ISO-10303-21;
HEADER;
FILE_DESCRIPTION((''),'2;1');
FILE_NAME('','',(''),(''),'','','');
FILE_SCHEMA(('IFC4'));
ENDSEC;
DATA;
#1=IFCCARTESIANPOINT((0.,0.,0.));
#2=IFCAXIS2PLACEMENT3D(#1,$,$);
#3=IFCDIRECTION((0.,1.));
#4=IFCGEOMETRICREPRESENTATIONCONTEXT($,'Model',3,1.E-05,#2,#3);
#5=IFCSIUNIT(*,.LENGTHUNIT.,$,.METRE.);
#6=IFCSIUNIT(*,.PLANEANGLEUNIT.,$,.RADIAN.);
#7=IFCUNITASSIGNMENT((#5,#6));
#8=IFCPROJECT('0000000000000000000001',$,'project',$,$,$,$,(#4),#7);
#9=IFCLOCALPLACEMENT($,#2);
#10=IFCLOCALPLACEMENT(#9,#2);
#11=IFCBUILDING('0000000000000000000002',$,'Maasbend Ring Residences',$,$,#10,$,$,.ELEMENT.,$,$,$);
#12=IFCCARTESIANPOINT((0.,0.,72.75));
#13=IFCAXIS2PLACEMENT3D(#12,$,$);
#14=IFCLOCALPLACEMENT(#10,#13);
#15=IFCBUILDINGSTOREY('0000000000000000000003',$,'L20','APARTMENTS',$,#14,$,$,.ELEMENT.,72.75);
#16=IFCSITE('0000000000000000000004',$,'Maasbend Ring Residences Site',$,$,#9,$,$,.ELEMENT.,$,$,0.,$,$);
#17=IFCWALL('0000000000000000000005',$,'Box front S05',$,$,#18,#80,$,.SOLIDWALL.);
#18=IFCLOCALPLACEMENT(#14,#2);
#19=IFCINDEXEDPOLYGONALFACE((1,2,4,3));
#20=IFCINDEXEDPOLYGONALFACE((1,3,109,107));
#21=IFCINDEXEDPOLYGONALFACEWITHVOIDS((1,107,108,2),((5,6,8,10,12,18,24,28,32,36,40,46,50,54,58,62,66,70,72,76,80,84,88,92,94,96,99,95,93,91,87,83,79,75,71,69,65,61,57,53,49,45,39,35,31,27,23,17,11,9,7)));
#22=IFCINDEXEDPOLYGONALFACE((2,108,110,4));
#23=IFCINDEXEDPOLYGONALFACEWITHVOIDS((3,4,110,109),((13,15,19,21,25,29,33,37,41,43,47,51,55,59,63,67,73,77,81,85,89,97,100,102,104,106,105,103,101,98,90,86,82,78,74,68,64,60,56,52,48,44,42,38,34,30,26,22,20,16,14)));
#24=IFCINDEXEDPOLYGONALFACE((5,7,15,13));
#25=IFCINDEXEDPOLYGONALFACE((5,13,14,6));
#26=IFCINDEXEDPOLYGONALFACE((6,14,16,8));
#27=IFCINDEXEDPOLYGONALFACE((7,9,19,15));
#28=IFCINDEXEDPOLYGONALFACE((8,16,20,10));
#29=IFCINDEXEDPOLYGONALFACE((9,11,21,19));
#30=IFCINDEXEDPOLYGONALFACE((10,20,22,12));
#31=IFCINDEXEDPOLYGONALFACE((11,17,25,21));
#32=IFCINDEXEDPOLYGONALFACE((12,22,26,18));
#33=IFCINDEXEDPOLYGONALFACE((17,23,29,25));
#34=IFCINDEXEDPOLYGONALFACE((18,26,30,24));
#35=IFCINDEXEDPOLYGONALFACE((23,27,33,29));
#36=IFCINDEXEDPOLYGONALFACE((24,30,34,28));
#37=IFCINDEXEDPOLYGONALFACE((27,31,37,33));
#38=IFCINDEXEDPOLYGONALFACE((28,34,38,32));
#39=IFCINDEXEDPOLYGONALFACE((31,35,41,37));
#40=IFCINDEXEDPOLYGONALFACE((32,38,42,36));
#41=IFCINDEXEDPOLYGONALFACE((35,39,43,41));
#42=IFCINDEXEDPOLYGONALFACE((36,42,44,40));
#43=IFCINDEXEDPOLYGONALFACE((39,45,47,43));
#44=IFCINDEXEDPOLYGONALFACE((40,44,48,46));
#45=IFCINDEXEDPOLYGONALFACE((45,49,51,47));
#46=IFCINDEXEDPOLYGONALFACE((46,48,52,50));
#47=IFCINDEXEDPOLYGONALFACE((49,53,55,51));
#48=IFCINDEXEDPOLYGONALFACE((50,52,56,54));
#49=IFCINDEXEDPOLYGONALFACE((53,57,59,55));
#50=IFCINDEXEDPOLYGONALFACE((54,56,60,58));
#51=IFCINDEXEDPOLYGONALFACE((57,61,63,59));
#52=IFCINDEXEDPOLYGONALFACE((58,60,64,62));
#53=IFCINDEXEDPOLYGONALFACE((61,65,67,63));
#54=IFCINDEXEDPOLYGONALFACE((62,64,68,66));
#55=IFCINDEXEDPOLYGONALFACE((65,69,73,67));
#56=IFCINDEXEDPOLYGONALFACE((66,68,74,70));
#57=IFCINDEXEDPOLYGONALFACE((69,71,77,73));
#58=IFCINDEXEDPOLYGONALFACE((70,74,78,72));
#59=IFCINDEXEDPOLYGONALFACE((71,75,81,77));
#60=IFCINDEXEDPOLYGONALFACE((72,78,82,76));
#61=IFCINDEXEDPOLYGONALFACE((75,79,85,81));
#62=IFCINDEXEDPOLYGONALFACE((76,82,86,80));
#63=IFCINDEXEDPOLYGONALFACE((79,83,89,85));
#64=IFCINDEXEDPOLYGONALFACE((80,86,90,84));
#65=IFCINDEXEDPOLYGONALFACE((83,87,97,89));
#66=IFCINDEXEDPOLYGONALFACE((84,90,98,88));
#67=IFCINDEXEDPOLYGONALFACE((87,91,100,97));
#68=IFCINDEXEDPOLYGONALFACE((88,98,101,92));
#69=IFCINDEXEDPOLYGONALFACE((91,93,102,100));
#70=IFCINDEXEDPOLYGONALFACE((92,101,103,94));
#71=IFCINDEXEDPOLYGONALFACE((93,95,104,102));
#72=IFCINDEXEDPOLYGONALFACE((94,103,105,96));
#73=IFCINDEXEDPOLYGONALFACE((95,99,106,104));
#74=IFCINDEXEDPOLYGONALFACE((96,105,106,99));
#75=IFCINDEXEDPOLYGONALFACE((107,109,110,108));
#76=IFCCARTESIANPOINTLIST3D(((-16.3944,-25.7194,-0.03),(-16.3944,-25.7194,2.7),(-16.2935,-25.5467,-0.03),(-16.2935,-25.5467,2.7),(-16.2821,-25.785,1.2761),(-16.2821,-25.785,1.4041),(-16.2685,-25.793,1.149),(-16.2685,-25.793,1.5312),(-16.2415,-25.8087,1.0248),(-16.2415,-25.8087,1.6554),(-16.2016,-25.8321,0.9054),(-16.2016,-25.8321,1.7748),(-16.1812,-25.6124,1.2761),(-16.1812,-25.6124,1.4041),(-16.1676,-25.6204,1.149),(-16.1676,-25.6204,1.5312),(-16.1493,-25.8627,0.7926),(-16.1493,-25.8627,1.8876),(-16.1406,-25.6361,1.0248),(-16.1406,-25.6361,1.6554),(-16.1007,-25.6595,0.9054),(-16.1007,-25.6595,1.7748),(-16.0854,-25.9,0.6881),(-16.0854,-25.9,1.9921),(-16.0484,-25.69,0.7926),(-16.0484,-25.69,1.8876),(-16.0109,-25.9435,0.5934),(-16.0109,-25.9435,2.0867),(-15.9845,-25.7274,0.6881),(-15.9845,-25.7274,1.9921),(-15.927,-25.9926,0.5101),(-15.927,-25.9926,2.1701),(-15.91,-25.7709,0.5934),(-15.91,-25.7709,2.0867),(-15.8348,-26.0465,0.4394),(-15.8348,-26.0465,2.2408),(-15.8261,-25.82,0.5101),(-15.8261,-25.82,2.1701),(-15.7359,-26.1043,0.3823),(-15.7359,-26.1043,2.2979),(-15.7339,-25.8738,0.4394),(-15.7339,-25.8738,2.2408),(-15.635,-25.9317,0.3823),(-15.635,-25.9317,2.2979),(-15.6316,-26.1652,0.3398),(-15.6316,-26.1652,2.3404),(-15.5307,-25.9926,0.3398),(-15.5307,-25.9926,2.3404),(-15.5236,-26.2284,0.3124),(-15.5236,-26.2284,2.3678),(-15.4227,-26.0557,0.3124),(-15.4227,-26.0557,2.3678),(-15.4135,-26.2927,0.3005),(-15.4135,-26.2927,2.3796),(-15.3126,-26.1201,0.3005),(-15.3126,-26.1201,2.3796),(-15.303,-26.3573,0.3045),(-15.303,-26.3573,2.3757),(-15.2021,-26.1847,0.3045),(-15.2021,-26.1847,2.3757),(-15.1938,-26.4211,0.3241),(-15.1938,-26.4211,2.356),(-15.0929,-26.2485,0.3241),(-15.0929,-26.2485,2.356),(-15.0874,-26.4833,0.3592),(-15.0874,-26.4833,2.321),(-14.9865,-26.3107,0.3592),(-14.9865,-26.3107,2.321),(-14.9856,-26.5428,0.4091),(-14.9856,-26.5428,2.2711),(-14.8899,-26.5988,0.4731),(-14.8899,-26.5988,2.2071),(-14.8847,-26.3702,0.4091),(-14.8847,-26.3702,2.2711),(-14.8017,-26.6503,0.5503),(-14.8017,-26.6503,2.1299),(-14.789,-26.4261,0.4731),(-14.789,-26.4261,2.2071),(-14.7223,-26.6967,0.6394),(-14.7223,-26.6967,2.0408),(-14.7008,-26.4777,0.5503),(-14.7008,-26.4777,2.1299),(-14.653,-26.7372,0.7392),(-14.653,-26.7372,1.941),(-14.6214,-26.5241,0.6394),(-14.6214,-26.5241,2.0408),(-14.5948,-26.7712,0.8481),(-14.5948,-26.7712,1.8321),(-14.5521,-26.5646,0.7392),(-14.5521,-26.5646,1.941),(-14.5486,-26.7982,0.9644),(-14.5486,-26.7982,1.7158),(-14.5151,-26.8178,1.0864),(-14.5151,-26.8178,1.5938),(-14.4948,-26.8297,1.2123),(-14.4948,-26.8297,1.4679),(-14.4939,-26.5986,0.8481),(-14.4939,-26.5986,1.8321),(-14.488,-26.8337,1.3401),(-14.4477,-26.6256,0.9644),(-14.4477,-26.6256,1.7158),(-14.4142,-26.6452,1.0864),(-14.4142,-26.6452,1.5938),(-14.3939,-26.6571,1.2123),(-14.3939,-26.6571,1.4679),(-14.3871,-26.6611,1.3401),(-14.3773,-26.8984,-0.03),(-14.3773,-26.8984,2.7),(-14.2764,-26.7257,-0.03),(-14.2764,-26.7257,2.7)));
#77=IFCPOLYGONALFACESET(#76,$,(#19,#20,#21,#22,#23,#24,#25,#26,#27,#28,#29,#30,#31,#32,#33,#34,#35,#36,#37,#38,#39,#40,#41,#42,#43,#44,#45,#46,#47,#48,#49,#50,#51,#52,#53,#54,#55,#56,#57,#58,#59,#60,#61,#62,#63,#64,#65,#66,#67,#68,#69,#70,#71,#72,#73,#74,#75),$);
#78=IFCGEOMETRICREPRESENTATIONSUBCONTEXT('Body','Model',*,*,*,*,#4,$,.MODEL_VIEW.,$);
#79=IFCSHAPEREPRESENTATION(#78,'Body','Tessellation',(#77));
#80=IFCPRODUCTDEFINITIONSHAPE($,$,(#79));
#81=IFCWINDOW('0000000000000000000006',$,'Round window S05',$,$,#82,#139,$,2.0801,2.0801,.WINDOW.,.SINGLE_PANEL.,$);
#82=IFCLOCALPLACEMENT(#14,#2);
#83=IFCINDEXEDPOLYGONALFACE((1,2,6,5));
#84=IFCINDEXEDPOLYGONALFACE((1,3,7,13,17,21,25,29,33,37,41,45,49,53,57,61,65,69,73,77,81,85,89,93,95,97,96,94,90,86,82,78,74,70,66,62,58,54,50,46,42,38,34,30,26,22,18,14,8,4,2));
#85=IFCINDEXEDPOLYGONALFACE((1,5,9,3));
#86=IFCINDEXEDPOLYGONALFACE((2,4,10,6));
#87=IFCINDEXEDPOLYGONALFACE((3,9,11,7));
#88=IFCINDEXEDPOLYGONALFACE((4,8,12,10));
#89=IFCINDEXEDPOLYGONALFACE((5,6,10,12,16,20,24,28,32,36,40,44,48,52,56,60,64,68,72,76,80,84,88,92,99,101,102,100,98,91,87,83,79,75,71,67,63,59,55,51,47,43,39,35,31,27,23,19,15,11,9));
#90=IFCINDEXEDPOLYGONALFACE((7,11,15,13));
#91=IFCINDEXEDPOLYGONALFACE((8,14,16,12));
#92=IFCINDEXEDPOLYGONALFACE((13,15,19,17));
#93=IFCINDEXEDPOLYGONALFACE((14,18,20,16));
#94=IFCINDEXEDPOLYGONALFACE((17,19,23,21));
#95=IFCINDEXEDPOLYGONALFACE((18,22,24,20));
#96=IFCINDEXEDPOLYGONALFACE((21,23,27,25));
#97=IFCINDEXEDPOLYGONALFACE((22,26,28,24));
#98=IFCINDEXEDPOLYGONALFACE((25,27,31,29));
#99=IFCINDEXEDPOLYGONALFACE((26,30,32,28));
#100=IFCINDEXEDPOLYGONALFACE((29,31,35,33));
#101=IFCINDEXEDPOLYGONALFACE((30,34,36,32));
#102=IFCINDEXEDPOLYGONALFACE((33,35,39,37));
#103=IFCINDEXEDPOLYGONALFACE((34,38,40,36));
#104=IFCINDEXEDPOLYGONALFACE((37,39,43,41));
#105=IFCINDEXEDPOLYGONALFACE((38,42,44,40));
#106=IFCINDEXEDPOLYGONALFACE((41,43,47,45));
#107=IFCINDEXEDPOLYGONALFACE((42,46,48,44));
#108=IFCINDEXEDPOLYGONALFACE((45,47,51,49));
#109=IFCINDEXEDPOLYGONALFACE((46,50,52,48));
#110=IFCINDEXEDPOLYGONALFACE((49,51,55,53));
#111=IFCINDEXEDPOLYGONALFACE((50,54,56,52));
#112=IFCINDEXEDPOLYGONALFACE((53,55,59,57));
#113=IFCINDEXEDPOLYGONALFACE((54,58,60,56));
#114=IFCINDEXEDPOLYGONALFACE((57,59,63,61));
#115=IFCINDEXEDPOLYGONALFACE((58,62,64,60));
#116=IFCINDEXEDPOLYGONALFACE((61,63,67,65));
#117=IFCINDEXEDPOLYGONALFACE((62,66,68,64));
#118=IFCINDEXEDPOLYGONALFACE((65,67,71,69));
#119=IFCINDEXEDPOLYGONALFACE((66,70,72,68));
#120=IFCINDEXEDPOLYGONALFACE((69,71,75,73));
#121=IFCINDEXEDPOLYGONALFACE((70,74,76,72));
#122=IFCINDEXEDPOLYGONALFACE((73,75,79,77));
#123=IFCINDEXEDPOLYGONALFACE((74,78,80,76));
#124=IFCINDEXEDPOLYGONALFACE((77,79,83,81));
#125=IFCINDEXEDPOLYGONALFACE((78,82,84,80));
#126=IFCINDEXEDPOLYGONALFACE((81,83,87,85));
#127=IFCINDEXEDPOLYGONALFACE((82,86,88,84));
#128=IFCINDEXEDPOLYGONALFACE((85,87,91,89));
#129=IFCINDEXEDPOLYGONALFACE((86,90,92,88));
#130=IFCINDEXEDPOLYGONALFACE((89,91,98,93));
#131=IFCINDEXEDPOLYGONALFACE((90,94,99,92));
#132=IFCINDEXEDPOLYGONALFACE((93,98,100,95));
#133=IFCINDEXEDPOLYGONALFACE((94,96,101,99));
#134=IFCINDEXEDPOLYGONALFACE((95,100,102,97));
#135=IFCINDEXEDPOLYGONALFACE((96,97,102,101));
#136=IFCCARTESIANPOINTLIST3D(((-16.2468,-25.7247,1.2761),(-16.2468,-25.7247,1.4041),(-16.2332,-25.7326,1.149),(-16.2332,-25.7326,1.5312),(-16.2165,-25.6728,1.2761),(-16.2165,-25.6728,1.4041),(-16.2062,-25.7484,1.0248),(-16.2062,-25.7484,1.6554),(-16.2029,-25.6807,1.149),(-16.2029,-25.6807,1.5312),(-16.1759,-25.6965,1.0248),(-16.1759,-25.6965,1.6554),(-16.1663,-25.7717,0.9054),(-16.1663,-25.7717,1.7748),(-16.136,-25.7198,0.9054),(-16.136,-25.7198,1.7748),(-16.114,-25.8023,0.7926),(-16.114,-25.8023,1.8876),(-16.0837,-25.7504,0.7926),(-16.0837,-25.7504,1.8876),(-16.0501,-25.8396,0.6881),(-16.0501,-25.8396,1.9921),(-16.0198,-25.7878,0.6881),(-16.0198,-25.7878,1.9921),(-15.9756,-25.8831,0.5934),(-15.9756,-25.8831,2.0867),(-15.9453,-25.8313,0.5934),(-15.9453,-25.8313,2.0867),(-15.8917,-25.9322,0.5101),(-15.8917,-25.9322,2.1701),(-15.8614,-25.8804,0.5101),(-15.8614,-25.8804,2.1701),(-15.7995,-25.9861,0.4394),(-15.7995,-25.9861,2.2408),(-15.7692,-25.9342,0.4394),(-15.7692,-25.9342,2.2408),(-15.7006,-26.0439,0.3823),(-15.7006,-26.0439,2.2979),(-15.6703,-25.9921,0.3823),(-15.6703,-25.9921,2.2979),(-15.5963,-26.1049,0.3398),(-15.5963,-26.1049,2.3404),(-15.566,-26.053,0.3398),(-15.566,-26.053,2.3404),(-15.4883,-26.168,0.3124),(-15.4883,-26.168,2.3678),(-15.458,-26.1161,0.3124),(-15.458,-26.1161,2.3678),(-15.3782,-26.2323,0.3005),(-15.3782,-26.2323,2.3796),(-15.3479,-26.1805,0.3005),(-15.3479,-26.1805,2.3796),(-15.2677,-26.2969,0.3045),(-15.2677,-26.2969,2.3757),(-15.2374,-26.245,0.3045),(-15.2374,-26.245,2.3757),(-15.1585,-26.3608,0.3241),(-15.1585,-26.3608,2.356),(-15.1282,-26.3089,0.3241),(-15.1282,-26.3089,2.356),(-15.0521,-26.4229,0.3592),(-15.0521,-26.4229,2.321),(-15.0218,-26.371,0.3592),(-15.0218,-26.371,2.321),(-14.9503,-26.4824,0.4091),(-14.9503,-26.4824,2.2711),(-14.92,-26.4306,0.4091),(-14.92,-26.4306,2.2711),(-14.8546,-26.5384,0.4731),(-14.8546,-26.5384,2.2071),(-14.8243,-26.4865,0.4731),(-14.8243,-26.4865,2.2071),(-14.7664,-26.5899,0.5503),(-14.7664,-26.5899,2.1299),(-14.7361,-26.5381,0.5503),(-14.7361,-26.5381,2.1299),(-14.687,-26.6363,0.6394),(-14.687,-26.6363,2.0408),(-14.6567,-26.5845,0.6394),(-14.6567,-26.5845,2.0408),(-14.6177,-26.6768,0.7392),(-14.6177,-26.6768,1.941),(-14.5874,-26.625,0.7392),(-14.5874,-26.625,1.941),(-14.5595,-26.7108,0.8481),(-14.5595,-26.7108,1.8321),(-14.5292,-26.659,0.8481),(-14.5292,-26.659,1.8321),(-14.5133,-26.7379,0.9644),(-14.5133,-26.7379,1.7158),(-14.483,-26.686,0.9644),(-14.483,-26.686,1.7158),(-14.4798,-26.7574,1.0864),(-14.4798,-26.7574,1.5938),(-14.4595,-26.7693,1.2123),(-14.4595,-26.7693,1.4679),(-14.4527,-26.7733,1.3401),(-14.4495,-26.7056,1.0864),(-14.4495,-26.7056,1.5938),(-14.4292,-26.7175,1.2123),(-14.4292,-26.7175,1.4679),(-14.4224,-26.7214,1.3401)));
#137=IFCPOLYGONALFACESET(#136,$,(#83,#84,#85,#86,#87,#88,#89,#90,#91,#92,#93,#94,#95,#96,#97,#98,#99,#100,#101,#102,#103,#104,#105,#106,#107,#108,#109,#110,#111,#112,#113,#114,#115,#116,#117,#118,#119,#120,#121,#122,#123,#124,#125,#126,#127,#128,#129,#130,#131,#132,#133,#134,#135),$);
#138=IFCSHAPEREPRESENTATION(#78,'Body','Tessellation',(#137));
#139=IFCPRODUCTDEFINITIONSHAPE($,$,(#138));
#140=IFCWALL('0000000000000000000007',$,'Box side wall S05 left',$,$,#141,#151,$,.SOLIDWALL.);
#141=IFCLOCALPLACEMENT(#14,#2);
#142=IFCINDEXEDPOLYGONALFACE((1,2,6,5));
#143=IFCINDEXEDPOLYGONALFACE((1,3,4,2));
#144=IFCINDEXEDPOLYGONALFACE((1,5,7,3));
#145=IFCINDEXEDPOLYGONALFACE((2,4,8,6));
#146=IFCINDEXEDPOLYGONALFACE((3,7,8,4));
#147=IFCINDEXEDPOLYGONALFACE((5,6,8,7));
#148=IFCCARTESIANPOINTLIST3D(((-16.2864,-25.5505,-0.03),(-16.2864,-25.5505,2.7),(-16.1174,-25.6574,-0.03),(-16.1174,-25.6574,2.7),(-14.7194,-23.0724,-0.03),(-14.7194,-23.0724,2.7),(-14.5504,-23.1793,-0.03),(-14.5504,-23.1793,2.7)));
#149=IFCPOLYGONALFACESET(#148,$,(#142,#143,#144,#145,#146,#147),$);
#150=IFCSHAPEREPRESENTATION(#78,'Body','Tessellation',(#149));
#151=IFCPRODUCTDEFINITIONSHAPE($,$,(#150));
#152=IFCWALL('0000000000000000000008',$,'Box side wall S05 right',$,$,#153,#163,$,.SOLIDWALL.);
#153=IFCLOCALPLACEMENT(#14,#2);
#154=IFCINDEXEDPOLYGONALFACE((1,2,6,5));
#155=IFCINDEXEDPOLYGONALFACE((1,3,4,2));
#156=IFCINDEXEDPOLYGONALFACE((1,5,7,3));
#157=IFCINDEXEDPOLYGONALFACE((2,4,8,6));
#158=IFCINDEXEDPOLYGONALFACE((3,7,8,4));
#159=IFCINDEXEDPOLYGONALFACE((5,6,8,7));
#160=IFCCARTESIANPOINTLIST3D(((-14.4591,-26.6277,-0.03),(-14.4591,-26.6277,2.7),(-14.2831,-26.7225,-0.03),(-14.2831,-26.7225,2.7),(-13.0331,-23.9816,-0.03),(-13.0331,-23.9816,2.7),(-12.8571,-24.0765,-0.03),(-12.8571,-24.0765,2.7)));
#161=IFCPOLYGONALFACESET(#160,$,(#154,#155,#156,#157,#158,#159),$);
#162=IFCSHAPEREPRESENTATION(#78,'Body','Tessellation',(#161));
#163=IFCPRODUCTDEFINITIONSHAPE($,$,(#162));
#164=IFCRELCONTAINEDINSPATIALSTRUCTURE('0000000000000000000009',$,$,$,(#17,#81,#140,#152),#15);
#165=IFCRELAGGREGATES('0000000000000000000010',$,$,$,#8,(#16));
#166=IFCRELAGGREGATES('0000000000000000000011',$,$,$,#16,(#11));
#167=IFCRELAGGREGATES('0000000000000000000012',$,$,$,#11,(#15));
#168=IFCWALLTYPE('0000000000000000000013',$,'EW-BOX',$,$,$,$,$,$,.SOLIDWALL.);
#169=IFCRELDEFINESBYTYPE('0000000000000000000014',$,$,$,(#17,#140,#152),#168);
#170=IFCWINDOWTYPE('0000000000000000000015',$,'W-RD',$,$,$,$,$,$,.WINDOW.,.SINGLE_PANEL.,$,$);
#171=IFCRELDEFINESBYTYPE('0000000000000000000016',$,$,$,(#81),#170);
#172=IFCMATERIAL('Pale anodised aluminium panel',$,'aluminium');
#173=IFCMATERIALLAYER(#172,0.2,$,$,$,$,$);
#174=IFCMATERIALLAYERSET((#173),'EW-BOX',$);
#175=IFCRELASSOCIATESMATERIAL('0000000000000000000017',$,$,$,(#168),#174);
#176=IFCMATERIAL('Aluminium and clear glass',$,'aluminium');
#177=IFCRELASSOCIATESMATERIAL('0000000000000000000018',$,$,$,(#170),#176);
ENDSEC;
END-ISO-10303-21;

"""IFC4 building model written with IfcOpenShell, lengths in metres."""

from ifc_helpers import new_model, si_unit, direction, frame, frame_2d, origin, place, context, subcontext, project, spatial, rectangle, circle, extrude, material, layer, layer_set, type_object, element, fill, save


model = new_model("IFC4")

# Units and contexts
model_context = context("Model", 3, precision=1e-05, world=origin(), true_north=direction((0.0, 1.0)))
body_context = subcontext(model_context, "Body", "Model", "MODEL_VIEW")
ifc_project = project(units=[si_unit("LENGTHUNIT", "METRE"), si_unit("PLANEANGLEUNIT", "RADIAN")], contexts=[model_context])

# Site, building, storey
site_placement = place(None, origin())
site = spatial("IfcSite", under=ifc_project, at=site_placement, Name="Maasbend Ring Residences Site", CompositionType="ELEMENT", RefElevation=0.0)
building_placement = place(site_placement, origin())
building = spatial("IfcBuilding", under=site, at=building_placement, Name="Maasbend Ring Residences", CompositionType="ELEMENT")
storey_placement = place(building_placement, frame((0.0, 0.0, 72.75)))
storey = spatial("IfcBuildingStorey", under=building, at=storey_placement, Name="L20", Description="APARTMENTS", CompositionType="ELEMENT", Elevation=72.75)

# Shared definitions
ifc_material_1 = material(Name="Pale anodised aluminium panel", Category="aluminium")
ifc_layer_1 = layer(ifc_material_1, 0.2)
ifc_layer_set_1 = layer_set([ifc_layer_1], Name="EW-BOX")
wall_type_1 = type_object("IfcWallType", Name="EW-BOX", PredefinedType="SOLIDWALL", material=ifc_layer_set_1)
ifc_material_2 = material(Name="Aluminium and clear glass", Category="aluminium")
window_type_1 = type_object("IfcWindowType", Name="W-RD", PartitioningType="SINGLE_PANEL", PredefinedType="WINDOW", material=ifc_material_2)

# Wall, opening, window
wall_1_placement = place(storey_placement, frame((-16.344, -25.6331, -0.03), z_axis=(0.0, 0.0, 1.0), x_axis=(0.863347, -0.504612, 0.0)))
wall_1 = element("IfcWall", 1, at=wall_1_placement, inside=storey, type_object=wall_type_1, Name="Box front S05", PredefinedType="SOLIDWALL", context=body_context, shape_type="SweptSolid", body=[
    extrude(rectangle(XDim=2.3364, YDim=0.2, at=frame_2d((1.1682, 0.0))), origin(), (0.0, 0.0, 1.0), 2.73),
])
opening_1_placement = place(wall_1_placement, frame((0.1282, 0.0, 0.3301)))
opening_1 = element("IfcOpeningElement", 2, at=opening_1_placement, cuts=wall_1, PredefinedType="OPENING", context=body_context, shape_type="SweptSolid", body=[
    extrude(circle(Radius=1.04, at=frame_2d((1.04, 1.04))), frame((0.0, 0.1099, 0.0), z_axis=(0.0, -1.0, 0.0), x_axis=(1.0, 0.0, 0.0)), (0.0, 0.0, 1.0), 0.22),
])
window_1_placement = place(opening_1_placement, origin())
window_1 = element("IfcWindow", 3, at=window_1_placement, inside=storey, type_object=window_type_1, Name="Round window S05", OverallHeight=2.0801, OverallWidth=2.0801, PartitioningType="SINGLE_PANEL", PredefinedType="WINDOW", context=body_context, shape_type="SweptSolid", body=[
    extrude(circle(Radius=1.04, at=frame_2d((1.04, 1.04))), frame((0.0, 0.03, 0.0), z_axis=(0.0, -1.0, 0.0), x_axis=(1.0, 0.0, 0.0)), (0.0, 0.0, 1.0), 0.0601),
])
fill(opening_1, window_1)

# Walls
wall_2_placement = place(storey_placement, frame((-14.635, -23.126, -0.03), z_axis=(0.0, 0.0, 1.0), x_axis=(-0.534438, -0.845208, 0.0)))
element("IfcWall", 4, at=wall_2_placement, inside=storey, type_object=wall_type_1, Name="Box side wall S05 left", PredefinedType="SOLIDWALL", context=body_context, shape_type="SweptSolid", body=[
    extrude(rectangle(XDim=2.9319, YDim=0.2, at=frame_2d((1.4658, 0.0))), origin(), (0.0, 0.0, 1.0), 2.73),
])
wall_3_placement = place(storey_placement, frame((-12.9451, -24.0291, -0.03), z_axis=(0.0, 0.0, 1.0), x_axis=(-0.474424, -0.880296, 0.0)))
element("IfcWall", 5, at=wall_3_placement, inside=storey, type_object=wall_type_1, Name="Box side wall S05 right", PredefinedType="SOLIDWALL", context=body_context, shape_type="SweptSolid", body=[
    extrude(rectangle(XDim=3.0059, YDim=0.2, at=frame_2d((1.5029, 0.0))), origin(), (0.0, 0.0, 1.0), 2.73),
])

save(model, "model.ifc")
